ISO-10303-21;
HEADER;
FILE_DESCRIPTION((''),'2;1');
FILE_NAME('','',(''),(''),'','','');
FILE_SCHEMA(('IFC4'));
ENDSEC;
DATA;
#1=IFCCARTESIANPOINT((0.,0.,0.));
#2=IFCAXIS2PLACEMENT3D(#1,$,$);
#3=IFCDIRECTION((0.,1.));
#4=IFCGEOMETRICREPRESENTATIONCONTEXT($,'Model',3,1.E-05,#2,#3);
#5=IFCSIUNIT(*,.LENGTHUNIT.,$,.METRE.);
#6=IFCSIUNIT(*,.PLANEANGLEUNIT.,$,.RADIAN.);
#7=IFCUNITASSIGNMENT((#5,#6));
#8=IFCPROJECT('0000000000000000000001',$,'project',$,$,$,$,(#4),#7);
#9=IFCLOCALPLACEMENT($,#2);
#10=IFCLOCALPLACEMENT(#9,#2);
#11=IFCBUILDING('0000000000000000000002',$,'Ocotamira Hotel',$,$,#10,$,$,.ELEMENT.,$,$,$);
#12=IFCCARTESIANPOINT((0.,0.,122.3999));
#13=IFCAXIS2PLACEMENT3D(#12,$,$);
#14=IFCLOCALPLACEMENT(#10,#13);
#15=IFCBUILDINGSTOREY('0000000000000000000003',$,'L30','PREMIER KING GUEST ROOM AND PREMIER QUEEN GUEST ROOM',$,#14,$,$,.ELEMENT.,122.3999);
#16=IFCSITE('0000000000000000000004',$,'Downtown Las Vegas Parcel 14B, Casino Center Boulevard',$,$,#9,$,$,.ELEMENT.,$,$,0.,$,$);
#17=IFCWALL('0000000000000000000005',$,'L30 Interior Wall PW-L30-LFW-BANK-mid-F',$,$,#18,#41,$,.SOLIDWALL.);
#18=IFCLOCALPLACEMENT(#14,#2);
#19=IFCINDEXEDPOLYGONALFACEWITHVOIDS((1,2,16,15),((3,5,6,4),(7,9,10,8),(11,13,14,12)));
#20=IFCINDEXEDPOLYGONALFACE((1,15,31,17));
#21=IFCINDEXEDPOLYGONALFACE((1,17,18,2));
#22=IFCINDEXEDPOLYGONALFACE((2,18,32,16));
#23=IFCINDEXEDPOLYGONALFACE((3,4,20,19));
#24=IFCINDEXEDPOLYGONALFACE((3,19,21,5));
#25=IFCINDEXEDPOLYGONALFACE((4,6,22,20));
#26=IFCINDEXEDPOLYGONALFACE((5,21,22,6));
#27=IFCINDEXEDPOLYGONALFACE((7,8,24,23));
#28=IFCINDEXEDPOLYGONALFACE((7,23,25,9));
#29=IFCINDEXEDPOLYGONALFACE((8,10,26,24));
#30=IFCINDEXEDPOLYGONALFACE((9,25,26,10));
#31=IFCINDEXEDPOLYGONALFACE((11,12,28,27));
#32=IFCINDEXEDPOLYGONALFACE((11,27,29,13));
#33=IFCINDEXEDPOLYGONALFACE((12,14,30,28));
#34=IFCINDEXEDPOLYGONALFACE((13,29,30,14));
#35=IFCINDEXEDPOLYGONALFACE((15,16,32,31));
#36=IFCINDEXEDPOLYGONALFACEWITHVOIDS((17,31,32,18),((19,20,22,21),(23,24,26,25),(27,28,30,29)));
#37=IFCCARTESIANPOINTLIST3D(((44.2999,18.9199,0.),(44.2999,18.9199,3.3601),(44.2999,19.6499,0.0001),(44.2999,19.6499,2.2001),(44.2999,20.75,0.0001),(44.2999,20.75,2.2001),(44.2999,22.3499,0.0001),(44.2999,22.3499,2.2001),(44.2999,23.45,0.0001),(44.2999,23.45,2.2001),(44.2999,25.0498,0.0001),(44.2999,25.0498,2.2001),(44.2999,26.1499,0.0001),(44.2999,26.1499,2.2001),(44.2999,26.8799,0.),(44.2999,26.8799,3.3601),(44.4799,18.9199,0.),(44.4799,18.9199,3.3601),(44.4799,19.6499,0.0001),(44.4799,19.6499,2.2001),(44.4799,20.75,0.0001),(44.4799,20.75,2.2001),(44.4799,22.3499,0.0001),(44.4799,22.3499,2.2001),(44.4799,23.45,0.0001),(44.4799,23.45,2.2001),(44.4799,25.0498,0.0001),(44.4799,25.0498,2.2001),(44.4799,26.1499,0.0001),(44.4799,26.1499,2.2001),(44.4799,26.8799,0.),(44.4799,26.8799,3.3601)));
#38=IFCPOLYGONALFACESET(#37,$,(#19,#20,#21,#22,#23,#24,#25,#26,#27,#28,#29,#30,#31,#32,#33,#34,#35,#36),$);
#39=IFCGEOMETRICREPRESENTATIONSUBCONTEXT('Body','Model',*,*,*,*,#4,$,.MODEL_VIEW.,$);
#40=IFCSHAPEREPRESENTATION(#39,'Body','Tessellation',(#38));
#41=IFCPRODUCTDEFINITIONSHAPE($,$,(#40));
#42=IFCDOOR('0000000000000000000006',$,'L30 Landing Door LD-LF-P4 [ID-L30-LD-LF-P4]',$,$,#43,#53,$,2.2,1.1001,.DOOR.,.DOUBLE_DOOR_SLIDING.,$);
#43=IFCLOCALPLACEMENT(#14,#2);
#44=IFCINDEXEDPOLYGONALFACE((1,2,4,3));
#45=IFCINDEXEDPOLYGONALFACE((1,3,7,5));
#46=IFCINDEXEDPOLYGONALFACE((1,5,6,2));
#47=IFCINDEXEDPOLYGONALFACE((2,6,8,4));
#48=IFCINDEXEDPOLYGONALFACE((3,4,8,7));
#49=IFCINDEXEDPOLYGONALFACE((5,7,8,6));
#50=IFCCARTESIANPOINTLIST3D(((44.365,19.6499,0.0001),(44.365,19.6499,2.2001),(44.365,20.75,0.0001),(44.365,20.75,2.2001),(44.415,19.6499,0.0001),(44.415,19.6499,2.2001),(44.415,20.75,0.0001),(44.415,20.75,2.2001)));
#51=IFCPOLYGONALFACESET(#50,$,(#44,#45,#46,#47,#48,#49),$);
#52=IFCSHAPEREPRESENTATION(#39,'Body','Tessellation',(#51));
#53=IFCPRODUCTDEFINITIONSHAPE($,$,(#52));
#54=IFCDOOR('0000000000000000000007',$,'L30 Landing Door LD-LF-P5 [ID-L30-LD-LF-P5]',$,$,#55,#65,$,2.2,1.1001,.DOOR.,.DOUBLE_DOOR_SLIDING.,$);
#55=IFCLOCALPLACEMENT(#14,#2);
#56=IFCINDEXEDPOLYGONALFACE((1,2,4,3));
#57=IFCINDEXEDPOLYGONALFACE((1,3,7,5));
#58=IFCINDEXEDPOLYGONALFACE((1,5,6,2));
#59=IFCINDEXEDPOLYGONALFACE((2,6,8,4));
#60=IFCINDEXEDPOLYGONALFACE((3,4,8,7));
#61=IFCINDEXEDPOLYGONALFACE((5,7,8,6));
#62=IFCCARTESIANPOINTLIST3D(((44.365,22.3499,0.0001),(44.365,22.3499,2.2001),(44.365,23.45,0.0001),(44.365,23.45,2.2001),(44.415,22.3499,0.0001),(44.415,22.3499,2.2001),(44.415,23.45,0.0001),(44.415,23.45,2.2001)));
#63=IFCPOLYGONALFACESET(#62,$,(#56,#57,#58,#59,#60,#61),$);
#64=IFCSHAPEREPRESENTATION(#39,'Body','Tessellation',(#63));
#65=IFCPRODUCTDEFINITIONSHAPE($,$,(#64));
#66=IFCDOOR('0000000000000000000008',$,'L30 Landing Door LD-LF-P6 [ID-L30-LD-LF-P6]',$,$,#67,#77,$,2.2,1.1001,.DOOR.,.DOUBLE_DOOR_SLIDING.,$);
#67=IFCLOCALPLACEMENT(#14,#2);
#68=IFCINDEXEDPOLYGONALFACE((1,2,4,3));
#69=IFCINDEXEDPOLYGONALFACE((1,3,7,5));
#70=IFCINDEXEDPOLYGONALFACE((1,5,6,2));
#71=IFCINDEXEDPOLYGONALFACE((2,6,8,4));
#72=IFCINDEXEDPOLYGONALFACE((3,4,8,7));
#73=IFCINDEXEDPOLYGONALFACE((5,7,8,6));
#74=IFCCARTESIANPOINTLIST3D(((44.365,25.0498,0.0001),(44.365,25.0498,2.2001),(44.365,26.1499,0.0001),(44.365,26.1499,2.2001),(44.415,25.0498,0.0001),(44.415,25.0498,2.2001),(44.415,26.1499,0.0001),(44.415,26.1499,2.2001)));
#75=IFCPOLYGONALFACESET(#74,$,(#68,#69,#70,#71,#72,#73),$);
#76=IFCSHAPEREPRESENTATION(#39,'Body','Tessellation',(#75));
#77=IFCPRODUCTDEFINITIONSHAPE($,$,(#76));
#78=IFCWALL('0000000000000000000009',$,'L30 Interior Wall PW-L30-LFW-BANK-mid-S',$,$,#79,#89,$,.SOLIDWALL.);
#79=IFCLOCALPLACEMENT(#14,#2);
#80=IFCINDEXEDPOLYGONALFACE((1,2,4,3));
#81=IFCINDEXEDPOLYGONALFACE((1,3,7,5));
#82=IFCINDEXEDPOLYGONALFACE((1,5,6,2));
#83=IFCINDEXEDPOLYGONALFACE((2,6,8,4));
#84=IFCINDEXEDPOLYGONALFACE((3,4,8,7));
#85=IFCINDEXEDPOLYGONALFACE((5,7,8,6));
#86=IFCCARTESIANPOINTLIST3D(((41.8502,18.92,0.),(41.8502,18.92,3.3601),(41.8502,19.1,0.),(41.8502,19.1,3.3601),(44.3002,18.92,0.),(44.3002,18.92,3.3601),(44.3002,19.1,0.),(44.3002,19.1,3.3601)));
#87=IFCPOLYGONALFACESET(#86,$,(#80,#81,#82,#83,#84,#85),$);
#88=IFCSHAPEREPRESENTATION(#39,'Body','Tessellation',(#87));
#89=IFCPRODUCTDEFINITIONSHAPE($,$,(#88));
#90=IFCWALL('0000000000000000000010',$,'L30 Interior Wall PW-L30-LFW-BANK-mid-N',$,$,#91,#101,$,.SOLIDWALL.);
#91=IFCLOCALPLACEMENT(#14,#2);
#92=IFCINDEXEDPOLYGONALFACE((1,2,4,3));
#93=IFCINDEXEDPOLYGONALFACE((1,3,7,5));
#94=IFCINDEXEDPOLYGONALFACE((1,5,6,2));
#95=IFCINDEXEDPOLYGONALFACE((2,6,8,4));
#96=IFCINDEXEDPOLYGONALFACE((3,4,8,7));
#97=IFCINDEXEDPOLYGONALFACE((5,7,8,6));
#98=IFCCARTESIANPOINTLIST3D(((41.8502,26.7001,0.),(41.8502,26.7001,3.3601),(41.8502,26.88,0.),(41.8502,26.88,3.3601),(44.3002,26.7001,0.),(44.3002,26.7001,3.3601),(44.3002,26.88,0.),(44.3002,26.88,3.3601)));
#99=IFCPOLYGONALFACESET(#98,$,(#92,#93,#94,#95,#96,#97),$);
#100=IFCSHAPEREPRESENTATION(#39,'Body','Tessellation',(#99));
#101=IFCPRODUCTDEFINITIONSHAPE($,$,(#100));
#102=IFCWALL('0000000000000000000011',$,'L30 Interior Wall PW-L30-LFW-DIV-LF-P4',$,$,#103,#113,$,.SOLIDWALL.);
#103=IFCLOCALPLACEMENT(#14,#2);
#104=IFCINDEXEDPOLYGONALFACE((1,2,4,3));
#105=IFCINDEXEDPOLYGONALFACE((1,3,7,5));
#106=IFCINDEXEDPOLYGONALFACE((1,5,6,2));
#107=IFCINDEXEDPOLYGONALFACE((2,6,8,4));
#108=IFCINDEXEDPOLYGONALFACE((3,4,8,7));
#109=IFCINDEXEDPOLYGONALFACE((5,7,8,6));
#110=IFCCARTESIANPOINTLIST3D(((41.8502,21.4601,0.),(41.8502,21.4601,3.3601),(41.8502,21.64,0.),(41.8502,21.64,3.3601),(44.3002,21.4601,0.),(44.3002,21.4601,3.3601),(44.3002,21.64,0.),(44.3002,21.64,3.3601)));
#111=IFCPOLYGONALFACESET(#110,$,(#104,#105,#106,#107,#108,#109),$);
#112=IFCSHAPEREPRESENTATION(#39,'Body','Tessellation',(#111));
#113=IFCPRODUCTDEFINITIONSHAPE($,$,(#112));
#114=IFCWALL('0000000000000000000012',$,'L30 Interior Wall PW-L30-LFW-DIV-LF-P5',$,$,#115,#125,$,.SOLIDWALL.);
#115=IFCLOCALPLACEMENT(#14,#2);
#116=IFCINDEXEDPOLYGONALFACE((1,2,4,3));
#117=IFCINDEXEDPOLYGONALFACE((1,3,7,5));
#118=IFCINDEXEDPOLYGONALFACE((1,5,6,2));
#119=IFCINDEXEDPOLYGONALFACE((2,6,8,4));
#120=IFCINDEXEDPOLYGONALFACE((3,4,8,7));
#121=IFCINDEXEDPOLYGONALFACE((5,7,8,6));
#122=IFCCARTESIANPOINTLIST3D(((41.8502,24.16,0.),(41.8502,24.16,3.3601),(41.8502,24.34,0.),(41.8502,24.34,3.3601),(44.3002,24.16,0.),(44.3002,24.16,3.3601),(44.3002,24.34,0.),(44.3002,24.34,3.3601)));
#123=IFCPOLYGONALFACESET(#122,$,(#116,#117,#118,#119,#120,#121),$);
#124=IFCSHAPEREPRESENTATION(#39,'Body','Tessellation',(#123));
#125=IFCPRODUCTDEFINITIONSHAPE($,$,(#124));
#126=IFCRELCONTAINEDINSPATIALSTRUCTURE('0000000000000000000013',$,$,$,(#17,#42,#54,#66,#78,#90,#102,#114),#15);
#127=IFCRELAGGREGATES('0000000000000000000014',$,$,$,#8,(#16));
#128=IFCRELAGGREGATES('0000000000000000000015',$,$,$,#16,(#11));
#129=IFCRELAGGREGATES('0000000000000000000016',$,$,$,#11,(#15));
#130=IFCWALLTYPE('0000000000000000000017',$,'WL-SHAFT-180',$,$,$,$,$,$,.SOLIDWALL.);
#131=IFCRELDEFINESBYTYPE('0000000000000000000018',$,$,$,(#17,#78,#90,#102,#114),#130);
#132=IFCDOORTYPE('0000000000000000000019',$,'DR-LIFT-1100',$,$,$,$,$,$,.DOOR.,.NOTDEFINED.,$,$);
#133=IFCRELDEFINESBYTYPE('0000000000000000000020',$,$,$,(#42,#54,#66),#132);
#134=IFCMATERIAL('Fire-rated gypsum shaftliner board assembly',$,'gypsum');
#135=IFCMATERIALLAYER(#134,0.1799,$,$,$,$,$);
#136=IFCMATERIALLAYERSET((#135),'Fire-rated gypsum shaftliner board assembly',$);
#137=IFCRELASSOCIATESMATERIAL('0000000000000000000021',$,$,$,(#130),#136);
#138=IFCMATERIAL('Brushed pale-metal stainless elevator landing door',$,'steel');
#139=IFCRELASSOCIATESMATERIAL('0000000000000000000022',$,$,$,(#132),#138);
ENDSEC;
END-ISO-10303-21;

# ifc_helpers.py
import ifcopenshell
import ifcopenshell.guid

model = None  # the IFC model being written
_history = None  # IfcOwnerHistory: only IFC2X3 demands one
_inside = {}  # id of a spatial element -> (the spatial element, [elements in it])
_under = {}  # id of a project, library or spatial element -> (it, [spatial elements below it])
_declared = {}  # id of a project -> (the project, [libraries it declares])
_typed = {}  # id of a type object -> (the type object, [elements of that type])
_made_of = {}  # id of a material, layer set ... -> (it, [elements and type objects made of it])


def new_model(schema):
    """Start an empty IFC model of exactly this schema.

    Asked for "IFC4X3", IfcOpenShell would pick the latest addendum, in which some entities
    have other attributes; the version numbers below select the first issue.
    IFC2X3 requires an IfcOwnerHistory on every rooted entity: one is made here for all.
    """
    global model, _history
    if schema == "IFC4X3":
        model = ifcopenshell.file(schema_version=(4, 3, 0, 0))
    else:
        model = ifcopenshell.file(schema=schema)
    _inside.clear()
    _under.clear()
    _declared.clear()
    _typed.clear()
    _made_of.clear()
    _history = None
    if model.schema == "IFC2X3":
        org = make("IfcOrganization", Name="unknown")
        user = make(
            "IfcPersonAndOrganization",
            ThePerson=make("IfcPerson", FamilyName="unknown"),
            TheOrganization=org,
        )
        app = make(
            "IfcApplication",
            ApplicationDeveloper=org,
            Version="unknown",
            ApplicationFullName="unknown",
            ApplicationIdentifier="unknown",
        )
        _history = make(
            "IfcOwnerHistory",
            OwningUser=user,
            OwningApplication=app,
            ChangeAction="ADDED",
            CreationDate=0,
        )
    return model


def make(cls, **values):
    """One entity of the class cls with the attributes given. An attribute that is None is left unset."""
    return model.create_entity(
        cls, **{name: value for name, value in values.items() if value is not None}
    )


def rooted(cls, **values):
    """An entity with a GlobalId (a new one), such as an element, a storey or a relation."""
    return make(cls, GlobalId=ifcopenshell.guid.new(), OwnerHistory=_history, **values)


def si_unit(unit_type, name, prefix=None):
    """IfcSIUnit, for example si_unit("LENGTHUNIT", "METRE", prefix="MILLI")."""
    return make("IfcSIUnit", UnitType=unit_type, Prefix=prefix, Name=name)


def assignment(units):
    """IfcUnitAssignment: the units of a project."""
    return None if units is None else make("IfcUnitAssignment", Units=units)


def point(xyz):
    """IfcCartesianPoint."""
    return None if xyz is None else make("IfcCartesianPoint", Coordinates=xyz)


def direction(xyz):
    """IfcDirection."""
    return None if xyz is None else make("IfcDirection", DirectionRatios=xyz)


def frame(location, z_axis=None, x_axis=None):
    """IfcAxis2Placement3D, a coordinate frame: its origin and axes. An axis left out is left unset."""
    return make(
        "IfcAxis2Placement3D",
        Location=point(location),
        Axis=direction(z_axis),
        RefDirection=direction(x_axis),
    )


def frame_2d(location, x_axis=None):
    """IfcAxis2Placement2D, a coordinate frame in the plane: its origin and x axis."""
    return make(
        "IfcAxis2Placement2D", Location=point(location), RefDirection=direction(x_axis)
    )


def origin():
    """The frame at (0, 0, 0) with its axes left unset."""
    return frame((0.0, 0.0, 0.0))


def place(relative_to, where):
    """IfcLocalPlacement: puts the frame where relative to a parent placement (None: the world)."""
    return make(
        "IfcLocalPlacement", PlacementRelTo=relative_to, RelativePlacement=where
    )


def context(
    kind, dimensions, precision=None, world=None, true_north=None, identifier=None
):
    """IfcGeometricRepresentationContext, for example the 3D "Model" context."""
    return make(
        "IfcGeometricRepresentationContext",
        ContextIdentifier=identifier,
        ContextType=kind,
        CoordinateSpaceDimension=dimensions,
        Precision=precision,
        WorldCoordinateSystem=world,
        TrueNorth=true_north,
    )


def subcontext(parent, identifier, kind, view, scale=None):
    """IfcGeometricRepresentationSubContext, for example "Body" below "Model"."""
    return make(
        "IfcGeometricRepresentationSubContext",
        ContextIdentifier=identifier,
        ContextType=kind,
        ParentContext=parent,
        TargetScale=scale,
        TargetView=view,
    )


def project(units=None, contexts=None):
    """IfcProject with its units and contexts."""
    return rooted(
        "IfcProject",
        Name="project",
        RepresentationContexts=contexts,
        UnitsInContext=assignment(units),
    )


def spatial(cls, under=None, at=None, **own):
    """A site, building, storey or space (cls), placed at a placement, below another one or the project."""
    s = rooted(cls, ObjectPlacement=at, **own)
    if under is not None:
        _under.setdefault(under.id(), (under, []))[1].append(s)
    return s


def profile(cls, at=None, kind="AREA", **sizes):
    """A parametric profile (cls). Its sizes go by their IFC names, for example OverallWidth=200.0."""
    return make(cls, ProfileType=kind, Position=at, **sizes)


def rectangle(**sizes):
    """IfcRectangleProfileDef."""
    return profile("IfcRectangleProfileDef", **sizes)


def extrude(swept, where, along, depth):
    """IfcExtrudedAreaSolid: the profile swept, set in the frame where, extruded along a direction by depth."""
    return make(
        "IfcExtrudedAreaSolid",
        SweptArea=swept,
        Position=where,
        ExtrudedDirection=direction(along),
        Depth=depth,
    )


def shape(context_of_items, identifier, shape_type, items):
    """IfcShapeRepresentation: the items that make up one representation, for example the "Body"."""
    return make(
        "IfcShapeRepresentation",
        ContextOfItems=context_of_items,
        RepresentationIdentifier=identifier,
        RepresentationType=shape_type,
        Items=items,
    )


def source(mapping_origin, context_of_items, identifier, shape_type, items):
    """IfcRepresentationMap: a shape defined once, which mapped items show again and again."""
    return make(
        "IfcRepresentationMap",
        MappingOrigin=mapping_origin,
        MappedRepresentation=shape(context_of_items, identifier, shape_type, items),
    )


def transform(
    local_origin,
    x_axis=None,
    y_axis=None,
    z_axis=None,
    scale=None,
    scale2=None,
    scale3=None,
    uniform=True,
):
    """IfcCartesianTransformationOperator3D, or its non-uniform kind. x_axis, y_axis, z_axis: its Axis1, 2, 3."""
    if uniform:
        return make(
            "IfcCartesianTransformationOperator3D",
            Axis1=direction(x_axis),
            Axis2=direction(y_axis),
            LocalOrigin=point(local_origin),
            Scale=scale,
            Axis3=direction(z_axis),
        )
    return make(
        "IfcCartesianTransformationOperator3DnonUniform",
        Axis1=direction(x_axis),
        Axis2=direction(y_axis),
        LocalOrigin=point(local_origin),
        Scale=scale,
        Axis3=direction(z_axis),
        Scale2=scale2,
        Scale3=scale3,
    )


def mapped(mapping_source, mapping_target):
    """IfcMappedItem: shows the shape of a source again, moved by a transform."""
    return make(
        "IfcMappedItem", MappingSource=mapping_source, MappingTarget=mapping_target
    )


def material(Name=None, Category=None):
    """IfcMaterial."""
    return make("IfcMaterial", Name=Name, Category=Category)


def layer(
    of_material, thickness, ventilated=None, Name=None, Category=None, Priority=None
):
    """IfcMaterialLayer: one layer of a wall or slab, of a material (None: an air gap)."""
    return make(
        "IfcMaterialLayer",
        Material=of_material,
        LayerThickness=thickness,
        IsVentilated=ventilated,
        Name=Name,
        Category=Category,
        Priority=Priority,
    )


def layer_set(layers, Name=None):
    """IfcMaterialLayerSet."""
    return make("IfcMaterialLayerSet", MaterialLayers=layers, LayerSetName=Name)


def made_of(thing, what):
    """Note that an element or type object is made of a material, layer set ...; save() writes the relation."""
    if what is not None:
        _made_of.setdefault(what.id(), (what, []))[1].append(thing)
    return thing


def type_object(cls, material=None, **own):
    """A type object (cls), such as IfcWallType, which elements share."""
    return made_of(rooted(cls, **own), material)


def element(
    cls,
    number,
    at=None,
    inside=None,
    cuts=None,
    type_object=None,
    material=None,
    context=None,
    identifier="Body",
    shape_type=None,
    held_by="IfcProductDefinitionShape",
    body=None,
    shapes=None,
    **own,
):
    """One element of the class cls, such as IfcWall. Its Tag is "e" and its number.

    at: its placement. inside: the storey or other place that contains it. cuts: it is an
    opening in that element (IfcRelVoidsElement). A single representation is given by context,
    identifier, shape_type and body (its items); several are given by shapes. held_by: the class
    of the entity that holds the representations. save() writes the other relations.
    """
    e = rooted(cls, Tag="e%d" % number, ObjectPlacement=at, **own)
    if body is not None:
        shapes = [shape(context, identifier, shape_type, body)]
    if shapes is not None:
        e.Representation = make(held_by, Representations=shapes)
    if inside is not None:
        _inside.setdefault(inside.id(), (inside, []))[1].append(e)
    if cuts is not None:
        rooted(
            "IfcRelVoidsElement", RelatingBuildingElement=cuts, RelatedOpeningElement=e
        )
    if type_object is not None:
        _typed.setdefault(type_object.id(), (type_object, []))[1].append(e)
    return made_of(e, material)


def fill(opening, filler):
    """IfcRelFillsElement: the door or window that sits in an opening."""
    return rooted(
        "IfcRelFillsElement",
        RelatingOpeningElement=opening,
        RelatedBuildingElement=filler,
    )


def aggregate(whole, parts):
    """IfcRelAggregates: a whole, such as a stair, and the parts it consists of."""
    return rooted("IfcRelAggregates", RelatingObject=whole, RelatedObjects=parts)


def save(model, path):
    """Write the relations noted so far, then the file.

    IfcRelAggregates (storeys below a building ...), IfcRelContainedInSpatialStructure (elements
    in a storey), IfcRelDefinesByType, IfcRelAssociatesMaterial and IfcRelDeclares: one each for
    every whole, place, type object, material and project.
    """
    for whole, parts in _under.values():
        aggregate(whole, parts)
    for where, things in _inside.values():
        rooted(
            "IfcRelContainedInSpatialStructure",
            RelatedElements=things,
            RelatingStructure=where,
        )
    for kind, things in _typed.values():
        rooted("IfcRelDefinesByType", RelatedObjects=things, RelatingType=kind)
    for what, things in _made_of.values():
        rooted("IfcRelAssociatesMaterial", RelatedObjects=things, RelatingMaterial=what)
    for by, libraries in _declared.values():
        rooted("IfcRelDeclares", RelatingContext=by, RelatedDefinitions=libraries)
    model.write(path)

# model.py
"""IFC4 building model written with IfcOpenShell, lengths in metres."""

from ifc_helpers import new_model, si_unit, direction, frame, frame_2d, origin, place, context, subcontext, project, spatial, rectangle, extrude, source, transform, mapped, material, layer, layer_set, type_object, element, fill, save


model = new_model("IFC4")

# Units and contexts
model_context = context("Model", 3, precision=1e-05, world=origin(), true_north=direction((0.0, 1.0)))
body_context = subcontext(model_context, "Body", "Model", "MODEL_VIEW")
ifc_project = project(units=[si_unit("LENGTHUNIT", "METRE"), si_unit("PLANEANGLEUNIT", "RADIAN")], contexts=[model_context])

# Site, building, storey
site_placement = place(None, origin())
site = spatial("IfcSite", under=ifc_project, at=site_placement, Name="Downtown Las Vegas Parcel 14B, Casino Center Boulevard", CompositionType="ELEMENT", RefElevation=0.0)
building_placement = place(site_placement, origin())
building = spatial("IfcBuilding", under=site, at=building_placement, Name="Ocotamira Hotel", CompositionType="ELEMENT")
storey_placement = place(building_placement, frame((0.0, 0.0, 122.3999)))
storey = spatial("IfcBuildingStorey", under=building, at=storey_placement, Name="L30", Description="PREMIER KING GUEST ROOM AND PREMIER QUEEN GUEST ROOM", CompositionType="ELEMENT", Elevation=122.3999)

# Wall, openings, doors
ifc_material_1 = material(Name="Fire-rated gypsum shaftliner board assembly", Category="gypsum")
ifc_layer_1 = layer(ifc_material_1, 0.1799)
ifc_layer_set_1 = layer_set([ifc_layer_1], Name="Fire-rated gypsum shaftliner board assembly")
wall_type_1 = type_object("IfcWallType", Name="WL-SHAFT-180", PredefinedType="SOLIDWALL", material=ifc_layer_set_1)
wall_1_placement = place(storey_placement, frame((44.3899, 18.9199, 0.0), z_axis=(0.0, 0.0, 1.0), x_axis=(0.0, 1.0, 0.0)))
wall_1 = element("IfcWall", 1, at=wall_1_placement, inside=storey, type_object=wall_type_1, Name="L30 Interior Wall PW-L30-LFW-BANK-mid-F", PredefinedType="SOLIDWALL", context=body_context, shape_type="SweptSolid", body=[
    extrude(rectangle(XDim=7.96, YDim=0.1799, at=frame_2d((3.98, 0.0))), origin(), (0.0, 0.0, 1.0), 3.3601),
])
opening_1_placement = place(wall_1_placement, frame((0.73, 0.0, 0.0)))
opening_1 = element("IfcOpeningElement", 2, at=opening_1_placement, cuts=wall_1, PredefinedType="OPENING", context=body_context, shape_type="SweptSolid", body=[
    extrude(rectangle(XDim=1.1001, YDim=2.2, at=frame_2d((0.55, 1.1001))), frame((0.0, 0.1001, 0.0), z_axis=(0.0, -1.0, 0.0), x_axis=(1.0, 0.0, 0.0)), (0.0, 0.0, 1.0), 0.2),
])
opening_2_placement = place(wall_1_placement, frame((3.4299, 0.0, 0.0)))
opening_2 = element("IfcOpeningElement", 3, at=opening_2_placement, cuts=wall_1, PredefinedType="OPENING", context=body_context, shape_type="SweptSolid", body=[
    extrude(rectangle(XDim=1.1001, YDim=2.2, at=frame_2d((0.55, 1.1001))), frame((0.0, 0.1001, 0.0), z_axis=(0.0, -1.0, 0.0), x_axis=(1.0, 0.0, 0.0)), (0.0, 0.0, 1.0), 0.2),
])
opening_3_placement = place(wall_1_placement, frame((6.1299, 0.0, 0.0)))
opening_3 = element("IfcOpeningElement", 4, at=opening_3_placement, cuts=wall_1, PredefinedType="OPENING", context=body_context, shape_type="SweptSolid", body=[
    extrude(rectangle(XDim=1.1001, YDim=2.2, at=frame_2d((0.55, 1.1001))), frame((0.0, 0.1001, 0.0), z_axis=(0.0, -1.0, 0.0), x_axis=(1.0, 0.0, 0.0)), (0.0, 0.0, 1.0), 0.2),
])
ifc_material_2 = material(Name="Brushed pale-metal stainless elevator landing door", Category="steel")
door_type_1 = type_object("IfcDoorType", Name="DR-LIFT-1100", OperationType="NOTDEFINED", PredefinedType="DOOR", material=ifc_material_2)
shared_shape_1 = source(origin(), body_context, "Body", "SweptSolid", [
    extrude(rectangle(XDim=1.1001, YDim=2.2, at=frame_2d((0.55, 1.1001))), frame((0.0, 0.0249, 0.0), z_axis=(0.0, -1.0, 0.0), x_axis=(1.0, 0.0, 0.0)), (0.0, 0.0, 1.0), 0.05),
])
door_1_placement = place(opening_1_placement, origin())
door_1 = element("IfcDoor", 5, at=door_1_placement, inside=storey, type_object=door_type_1, Name="L30 Landing Door LD-LF-P4 [ID-L30-LD-LF-P4]", OperationType="DOUBLE_DOOR_SLIDING", OverallHeight=2.2, OverallWidth=1.1001, PredefinedType="DOOR", context=body_context, shape_type="MappedRepresentation", body=[
    mapped(shared_shape_1, transform((0.0, 0.0, 0.0), scale=1.0)),
])
fill(opening_1, door_1)
door_2_placement = place(opening_2_placement, origin())
door_2 = element("IfcDoor", 6, at=door_2_placement, inside=storey, type_object=door_type_1, Name="L30 Landing Door LD-LF-P5 [ID-L30-LD-LF-P5]", OperationType="DOUBLE_DOOR_SLIDING", OverallHeight=2.2, OverallWidth=1.1001, PredefinedType="DOOR", context=body_context, shape_type="MappedRepresentation", body=[
    mapped(shared_shape_1, transform((0.0, 0.0, 0.0), scale=1.0)),
])
fill(opening_2, door_2)
door_3_placement = place(opening_3_placement, origin())
door_3 = element("IfcDoor", 7, at=door_3_placement, inside=storey, type_object=door_type_1, Name="L30 Landing Door LD-LF-P6 [ID-L30-LD-LF-P6]", OperationType="DOUBLE_DOOR_SLIDING", OverallHeight=2.2, OverallWidth=1.1001, PredefinedType="DOOR", context=body_context, shape_type="MappedRepresentation", body=[
    mapped(shared_shape_1, transform((0.0, 0.0, 0.0), scale=1.0)),
])
fill(opening_3, door_3)

# Walls
for number, where, z_axis, x_axis, name in (
    (8, (41.8501, 19.01, 0.0), (0.0, 0.0, 1.0), (1.0, 0.0, 0.0), "L30 Interior Wall PW-L30-LFW-BANK-mid-S"),
    (9, (41.8501, 26.79, 0.0), (0.0, 0.0, 1.0), (1.0, 0.0, 0.0), "L30 Interior Wall PW-L30-LFW-BANK-mid-N"),
    (10, (41.8501, 21.55, 0.0), (0.0, 0.0, 1.0), (1.0, 0.0, 0.0), "L30 Interior Wall PW-L30-LFW-DIV-LF-P4"),
    (11, (41.8501, 24.25, 0.0), (0.0, 0.0, 1.0), (1.0, 0.0, 0.0), "L30 Interior Wall PW-L30-LFW-DIV-LF-P5"),
):
    element("IfcWall", number, at=place(storey_placement, frame(where, z_axis=z_axis, x_axis=x_axis)), inside=storey, type_object=wall_type_1, Name=name, PredefinedType="SOLIDWALL", context=body_context, shape_type="SweptSolid", body=[
        extrude(rectangle(XDim=2.45, YDim=0.1799, at=frame_2d((1.2251, 0.0))), origin(), (0.0, 0.0, 1.0), 3.3601),
    ])

save(model, "model.ifc")
